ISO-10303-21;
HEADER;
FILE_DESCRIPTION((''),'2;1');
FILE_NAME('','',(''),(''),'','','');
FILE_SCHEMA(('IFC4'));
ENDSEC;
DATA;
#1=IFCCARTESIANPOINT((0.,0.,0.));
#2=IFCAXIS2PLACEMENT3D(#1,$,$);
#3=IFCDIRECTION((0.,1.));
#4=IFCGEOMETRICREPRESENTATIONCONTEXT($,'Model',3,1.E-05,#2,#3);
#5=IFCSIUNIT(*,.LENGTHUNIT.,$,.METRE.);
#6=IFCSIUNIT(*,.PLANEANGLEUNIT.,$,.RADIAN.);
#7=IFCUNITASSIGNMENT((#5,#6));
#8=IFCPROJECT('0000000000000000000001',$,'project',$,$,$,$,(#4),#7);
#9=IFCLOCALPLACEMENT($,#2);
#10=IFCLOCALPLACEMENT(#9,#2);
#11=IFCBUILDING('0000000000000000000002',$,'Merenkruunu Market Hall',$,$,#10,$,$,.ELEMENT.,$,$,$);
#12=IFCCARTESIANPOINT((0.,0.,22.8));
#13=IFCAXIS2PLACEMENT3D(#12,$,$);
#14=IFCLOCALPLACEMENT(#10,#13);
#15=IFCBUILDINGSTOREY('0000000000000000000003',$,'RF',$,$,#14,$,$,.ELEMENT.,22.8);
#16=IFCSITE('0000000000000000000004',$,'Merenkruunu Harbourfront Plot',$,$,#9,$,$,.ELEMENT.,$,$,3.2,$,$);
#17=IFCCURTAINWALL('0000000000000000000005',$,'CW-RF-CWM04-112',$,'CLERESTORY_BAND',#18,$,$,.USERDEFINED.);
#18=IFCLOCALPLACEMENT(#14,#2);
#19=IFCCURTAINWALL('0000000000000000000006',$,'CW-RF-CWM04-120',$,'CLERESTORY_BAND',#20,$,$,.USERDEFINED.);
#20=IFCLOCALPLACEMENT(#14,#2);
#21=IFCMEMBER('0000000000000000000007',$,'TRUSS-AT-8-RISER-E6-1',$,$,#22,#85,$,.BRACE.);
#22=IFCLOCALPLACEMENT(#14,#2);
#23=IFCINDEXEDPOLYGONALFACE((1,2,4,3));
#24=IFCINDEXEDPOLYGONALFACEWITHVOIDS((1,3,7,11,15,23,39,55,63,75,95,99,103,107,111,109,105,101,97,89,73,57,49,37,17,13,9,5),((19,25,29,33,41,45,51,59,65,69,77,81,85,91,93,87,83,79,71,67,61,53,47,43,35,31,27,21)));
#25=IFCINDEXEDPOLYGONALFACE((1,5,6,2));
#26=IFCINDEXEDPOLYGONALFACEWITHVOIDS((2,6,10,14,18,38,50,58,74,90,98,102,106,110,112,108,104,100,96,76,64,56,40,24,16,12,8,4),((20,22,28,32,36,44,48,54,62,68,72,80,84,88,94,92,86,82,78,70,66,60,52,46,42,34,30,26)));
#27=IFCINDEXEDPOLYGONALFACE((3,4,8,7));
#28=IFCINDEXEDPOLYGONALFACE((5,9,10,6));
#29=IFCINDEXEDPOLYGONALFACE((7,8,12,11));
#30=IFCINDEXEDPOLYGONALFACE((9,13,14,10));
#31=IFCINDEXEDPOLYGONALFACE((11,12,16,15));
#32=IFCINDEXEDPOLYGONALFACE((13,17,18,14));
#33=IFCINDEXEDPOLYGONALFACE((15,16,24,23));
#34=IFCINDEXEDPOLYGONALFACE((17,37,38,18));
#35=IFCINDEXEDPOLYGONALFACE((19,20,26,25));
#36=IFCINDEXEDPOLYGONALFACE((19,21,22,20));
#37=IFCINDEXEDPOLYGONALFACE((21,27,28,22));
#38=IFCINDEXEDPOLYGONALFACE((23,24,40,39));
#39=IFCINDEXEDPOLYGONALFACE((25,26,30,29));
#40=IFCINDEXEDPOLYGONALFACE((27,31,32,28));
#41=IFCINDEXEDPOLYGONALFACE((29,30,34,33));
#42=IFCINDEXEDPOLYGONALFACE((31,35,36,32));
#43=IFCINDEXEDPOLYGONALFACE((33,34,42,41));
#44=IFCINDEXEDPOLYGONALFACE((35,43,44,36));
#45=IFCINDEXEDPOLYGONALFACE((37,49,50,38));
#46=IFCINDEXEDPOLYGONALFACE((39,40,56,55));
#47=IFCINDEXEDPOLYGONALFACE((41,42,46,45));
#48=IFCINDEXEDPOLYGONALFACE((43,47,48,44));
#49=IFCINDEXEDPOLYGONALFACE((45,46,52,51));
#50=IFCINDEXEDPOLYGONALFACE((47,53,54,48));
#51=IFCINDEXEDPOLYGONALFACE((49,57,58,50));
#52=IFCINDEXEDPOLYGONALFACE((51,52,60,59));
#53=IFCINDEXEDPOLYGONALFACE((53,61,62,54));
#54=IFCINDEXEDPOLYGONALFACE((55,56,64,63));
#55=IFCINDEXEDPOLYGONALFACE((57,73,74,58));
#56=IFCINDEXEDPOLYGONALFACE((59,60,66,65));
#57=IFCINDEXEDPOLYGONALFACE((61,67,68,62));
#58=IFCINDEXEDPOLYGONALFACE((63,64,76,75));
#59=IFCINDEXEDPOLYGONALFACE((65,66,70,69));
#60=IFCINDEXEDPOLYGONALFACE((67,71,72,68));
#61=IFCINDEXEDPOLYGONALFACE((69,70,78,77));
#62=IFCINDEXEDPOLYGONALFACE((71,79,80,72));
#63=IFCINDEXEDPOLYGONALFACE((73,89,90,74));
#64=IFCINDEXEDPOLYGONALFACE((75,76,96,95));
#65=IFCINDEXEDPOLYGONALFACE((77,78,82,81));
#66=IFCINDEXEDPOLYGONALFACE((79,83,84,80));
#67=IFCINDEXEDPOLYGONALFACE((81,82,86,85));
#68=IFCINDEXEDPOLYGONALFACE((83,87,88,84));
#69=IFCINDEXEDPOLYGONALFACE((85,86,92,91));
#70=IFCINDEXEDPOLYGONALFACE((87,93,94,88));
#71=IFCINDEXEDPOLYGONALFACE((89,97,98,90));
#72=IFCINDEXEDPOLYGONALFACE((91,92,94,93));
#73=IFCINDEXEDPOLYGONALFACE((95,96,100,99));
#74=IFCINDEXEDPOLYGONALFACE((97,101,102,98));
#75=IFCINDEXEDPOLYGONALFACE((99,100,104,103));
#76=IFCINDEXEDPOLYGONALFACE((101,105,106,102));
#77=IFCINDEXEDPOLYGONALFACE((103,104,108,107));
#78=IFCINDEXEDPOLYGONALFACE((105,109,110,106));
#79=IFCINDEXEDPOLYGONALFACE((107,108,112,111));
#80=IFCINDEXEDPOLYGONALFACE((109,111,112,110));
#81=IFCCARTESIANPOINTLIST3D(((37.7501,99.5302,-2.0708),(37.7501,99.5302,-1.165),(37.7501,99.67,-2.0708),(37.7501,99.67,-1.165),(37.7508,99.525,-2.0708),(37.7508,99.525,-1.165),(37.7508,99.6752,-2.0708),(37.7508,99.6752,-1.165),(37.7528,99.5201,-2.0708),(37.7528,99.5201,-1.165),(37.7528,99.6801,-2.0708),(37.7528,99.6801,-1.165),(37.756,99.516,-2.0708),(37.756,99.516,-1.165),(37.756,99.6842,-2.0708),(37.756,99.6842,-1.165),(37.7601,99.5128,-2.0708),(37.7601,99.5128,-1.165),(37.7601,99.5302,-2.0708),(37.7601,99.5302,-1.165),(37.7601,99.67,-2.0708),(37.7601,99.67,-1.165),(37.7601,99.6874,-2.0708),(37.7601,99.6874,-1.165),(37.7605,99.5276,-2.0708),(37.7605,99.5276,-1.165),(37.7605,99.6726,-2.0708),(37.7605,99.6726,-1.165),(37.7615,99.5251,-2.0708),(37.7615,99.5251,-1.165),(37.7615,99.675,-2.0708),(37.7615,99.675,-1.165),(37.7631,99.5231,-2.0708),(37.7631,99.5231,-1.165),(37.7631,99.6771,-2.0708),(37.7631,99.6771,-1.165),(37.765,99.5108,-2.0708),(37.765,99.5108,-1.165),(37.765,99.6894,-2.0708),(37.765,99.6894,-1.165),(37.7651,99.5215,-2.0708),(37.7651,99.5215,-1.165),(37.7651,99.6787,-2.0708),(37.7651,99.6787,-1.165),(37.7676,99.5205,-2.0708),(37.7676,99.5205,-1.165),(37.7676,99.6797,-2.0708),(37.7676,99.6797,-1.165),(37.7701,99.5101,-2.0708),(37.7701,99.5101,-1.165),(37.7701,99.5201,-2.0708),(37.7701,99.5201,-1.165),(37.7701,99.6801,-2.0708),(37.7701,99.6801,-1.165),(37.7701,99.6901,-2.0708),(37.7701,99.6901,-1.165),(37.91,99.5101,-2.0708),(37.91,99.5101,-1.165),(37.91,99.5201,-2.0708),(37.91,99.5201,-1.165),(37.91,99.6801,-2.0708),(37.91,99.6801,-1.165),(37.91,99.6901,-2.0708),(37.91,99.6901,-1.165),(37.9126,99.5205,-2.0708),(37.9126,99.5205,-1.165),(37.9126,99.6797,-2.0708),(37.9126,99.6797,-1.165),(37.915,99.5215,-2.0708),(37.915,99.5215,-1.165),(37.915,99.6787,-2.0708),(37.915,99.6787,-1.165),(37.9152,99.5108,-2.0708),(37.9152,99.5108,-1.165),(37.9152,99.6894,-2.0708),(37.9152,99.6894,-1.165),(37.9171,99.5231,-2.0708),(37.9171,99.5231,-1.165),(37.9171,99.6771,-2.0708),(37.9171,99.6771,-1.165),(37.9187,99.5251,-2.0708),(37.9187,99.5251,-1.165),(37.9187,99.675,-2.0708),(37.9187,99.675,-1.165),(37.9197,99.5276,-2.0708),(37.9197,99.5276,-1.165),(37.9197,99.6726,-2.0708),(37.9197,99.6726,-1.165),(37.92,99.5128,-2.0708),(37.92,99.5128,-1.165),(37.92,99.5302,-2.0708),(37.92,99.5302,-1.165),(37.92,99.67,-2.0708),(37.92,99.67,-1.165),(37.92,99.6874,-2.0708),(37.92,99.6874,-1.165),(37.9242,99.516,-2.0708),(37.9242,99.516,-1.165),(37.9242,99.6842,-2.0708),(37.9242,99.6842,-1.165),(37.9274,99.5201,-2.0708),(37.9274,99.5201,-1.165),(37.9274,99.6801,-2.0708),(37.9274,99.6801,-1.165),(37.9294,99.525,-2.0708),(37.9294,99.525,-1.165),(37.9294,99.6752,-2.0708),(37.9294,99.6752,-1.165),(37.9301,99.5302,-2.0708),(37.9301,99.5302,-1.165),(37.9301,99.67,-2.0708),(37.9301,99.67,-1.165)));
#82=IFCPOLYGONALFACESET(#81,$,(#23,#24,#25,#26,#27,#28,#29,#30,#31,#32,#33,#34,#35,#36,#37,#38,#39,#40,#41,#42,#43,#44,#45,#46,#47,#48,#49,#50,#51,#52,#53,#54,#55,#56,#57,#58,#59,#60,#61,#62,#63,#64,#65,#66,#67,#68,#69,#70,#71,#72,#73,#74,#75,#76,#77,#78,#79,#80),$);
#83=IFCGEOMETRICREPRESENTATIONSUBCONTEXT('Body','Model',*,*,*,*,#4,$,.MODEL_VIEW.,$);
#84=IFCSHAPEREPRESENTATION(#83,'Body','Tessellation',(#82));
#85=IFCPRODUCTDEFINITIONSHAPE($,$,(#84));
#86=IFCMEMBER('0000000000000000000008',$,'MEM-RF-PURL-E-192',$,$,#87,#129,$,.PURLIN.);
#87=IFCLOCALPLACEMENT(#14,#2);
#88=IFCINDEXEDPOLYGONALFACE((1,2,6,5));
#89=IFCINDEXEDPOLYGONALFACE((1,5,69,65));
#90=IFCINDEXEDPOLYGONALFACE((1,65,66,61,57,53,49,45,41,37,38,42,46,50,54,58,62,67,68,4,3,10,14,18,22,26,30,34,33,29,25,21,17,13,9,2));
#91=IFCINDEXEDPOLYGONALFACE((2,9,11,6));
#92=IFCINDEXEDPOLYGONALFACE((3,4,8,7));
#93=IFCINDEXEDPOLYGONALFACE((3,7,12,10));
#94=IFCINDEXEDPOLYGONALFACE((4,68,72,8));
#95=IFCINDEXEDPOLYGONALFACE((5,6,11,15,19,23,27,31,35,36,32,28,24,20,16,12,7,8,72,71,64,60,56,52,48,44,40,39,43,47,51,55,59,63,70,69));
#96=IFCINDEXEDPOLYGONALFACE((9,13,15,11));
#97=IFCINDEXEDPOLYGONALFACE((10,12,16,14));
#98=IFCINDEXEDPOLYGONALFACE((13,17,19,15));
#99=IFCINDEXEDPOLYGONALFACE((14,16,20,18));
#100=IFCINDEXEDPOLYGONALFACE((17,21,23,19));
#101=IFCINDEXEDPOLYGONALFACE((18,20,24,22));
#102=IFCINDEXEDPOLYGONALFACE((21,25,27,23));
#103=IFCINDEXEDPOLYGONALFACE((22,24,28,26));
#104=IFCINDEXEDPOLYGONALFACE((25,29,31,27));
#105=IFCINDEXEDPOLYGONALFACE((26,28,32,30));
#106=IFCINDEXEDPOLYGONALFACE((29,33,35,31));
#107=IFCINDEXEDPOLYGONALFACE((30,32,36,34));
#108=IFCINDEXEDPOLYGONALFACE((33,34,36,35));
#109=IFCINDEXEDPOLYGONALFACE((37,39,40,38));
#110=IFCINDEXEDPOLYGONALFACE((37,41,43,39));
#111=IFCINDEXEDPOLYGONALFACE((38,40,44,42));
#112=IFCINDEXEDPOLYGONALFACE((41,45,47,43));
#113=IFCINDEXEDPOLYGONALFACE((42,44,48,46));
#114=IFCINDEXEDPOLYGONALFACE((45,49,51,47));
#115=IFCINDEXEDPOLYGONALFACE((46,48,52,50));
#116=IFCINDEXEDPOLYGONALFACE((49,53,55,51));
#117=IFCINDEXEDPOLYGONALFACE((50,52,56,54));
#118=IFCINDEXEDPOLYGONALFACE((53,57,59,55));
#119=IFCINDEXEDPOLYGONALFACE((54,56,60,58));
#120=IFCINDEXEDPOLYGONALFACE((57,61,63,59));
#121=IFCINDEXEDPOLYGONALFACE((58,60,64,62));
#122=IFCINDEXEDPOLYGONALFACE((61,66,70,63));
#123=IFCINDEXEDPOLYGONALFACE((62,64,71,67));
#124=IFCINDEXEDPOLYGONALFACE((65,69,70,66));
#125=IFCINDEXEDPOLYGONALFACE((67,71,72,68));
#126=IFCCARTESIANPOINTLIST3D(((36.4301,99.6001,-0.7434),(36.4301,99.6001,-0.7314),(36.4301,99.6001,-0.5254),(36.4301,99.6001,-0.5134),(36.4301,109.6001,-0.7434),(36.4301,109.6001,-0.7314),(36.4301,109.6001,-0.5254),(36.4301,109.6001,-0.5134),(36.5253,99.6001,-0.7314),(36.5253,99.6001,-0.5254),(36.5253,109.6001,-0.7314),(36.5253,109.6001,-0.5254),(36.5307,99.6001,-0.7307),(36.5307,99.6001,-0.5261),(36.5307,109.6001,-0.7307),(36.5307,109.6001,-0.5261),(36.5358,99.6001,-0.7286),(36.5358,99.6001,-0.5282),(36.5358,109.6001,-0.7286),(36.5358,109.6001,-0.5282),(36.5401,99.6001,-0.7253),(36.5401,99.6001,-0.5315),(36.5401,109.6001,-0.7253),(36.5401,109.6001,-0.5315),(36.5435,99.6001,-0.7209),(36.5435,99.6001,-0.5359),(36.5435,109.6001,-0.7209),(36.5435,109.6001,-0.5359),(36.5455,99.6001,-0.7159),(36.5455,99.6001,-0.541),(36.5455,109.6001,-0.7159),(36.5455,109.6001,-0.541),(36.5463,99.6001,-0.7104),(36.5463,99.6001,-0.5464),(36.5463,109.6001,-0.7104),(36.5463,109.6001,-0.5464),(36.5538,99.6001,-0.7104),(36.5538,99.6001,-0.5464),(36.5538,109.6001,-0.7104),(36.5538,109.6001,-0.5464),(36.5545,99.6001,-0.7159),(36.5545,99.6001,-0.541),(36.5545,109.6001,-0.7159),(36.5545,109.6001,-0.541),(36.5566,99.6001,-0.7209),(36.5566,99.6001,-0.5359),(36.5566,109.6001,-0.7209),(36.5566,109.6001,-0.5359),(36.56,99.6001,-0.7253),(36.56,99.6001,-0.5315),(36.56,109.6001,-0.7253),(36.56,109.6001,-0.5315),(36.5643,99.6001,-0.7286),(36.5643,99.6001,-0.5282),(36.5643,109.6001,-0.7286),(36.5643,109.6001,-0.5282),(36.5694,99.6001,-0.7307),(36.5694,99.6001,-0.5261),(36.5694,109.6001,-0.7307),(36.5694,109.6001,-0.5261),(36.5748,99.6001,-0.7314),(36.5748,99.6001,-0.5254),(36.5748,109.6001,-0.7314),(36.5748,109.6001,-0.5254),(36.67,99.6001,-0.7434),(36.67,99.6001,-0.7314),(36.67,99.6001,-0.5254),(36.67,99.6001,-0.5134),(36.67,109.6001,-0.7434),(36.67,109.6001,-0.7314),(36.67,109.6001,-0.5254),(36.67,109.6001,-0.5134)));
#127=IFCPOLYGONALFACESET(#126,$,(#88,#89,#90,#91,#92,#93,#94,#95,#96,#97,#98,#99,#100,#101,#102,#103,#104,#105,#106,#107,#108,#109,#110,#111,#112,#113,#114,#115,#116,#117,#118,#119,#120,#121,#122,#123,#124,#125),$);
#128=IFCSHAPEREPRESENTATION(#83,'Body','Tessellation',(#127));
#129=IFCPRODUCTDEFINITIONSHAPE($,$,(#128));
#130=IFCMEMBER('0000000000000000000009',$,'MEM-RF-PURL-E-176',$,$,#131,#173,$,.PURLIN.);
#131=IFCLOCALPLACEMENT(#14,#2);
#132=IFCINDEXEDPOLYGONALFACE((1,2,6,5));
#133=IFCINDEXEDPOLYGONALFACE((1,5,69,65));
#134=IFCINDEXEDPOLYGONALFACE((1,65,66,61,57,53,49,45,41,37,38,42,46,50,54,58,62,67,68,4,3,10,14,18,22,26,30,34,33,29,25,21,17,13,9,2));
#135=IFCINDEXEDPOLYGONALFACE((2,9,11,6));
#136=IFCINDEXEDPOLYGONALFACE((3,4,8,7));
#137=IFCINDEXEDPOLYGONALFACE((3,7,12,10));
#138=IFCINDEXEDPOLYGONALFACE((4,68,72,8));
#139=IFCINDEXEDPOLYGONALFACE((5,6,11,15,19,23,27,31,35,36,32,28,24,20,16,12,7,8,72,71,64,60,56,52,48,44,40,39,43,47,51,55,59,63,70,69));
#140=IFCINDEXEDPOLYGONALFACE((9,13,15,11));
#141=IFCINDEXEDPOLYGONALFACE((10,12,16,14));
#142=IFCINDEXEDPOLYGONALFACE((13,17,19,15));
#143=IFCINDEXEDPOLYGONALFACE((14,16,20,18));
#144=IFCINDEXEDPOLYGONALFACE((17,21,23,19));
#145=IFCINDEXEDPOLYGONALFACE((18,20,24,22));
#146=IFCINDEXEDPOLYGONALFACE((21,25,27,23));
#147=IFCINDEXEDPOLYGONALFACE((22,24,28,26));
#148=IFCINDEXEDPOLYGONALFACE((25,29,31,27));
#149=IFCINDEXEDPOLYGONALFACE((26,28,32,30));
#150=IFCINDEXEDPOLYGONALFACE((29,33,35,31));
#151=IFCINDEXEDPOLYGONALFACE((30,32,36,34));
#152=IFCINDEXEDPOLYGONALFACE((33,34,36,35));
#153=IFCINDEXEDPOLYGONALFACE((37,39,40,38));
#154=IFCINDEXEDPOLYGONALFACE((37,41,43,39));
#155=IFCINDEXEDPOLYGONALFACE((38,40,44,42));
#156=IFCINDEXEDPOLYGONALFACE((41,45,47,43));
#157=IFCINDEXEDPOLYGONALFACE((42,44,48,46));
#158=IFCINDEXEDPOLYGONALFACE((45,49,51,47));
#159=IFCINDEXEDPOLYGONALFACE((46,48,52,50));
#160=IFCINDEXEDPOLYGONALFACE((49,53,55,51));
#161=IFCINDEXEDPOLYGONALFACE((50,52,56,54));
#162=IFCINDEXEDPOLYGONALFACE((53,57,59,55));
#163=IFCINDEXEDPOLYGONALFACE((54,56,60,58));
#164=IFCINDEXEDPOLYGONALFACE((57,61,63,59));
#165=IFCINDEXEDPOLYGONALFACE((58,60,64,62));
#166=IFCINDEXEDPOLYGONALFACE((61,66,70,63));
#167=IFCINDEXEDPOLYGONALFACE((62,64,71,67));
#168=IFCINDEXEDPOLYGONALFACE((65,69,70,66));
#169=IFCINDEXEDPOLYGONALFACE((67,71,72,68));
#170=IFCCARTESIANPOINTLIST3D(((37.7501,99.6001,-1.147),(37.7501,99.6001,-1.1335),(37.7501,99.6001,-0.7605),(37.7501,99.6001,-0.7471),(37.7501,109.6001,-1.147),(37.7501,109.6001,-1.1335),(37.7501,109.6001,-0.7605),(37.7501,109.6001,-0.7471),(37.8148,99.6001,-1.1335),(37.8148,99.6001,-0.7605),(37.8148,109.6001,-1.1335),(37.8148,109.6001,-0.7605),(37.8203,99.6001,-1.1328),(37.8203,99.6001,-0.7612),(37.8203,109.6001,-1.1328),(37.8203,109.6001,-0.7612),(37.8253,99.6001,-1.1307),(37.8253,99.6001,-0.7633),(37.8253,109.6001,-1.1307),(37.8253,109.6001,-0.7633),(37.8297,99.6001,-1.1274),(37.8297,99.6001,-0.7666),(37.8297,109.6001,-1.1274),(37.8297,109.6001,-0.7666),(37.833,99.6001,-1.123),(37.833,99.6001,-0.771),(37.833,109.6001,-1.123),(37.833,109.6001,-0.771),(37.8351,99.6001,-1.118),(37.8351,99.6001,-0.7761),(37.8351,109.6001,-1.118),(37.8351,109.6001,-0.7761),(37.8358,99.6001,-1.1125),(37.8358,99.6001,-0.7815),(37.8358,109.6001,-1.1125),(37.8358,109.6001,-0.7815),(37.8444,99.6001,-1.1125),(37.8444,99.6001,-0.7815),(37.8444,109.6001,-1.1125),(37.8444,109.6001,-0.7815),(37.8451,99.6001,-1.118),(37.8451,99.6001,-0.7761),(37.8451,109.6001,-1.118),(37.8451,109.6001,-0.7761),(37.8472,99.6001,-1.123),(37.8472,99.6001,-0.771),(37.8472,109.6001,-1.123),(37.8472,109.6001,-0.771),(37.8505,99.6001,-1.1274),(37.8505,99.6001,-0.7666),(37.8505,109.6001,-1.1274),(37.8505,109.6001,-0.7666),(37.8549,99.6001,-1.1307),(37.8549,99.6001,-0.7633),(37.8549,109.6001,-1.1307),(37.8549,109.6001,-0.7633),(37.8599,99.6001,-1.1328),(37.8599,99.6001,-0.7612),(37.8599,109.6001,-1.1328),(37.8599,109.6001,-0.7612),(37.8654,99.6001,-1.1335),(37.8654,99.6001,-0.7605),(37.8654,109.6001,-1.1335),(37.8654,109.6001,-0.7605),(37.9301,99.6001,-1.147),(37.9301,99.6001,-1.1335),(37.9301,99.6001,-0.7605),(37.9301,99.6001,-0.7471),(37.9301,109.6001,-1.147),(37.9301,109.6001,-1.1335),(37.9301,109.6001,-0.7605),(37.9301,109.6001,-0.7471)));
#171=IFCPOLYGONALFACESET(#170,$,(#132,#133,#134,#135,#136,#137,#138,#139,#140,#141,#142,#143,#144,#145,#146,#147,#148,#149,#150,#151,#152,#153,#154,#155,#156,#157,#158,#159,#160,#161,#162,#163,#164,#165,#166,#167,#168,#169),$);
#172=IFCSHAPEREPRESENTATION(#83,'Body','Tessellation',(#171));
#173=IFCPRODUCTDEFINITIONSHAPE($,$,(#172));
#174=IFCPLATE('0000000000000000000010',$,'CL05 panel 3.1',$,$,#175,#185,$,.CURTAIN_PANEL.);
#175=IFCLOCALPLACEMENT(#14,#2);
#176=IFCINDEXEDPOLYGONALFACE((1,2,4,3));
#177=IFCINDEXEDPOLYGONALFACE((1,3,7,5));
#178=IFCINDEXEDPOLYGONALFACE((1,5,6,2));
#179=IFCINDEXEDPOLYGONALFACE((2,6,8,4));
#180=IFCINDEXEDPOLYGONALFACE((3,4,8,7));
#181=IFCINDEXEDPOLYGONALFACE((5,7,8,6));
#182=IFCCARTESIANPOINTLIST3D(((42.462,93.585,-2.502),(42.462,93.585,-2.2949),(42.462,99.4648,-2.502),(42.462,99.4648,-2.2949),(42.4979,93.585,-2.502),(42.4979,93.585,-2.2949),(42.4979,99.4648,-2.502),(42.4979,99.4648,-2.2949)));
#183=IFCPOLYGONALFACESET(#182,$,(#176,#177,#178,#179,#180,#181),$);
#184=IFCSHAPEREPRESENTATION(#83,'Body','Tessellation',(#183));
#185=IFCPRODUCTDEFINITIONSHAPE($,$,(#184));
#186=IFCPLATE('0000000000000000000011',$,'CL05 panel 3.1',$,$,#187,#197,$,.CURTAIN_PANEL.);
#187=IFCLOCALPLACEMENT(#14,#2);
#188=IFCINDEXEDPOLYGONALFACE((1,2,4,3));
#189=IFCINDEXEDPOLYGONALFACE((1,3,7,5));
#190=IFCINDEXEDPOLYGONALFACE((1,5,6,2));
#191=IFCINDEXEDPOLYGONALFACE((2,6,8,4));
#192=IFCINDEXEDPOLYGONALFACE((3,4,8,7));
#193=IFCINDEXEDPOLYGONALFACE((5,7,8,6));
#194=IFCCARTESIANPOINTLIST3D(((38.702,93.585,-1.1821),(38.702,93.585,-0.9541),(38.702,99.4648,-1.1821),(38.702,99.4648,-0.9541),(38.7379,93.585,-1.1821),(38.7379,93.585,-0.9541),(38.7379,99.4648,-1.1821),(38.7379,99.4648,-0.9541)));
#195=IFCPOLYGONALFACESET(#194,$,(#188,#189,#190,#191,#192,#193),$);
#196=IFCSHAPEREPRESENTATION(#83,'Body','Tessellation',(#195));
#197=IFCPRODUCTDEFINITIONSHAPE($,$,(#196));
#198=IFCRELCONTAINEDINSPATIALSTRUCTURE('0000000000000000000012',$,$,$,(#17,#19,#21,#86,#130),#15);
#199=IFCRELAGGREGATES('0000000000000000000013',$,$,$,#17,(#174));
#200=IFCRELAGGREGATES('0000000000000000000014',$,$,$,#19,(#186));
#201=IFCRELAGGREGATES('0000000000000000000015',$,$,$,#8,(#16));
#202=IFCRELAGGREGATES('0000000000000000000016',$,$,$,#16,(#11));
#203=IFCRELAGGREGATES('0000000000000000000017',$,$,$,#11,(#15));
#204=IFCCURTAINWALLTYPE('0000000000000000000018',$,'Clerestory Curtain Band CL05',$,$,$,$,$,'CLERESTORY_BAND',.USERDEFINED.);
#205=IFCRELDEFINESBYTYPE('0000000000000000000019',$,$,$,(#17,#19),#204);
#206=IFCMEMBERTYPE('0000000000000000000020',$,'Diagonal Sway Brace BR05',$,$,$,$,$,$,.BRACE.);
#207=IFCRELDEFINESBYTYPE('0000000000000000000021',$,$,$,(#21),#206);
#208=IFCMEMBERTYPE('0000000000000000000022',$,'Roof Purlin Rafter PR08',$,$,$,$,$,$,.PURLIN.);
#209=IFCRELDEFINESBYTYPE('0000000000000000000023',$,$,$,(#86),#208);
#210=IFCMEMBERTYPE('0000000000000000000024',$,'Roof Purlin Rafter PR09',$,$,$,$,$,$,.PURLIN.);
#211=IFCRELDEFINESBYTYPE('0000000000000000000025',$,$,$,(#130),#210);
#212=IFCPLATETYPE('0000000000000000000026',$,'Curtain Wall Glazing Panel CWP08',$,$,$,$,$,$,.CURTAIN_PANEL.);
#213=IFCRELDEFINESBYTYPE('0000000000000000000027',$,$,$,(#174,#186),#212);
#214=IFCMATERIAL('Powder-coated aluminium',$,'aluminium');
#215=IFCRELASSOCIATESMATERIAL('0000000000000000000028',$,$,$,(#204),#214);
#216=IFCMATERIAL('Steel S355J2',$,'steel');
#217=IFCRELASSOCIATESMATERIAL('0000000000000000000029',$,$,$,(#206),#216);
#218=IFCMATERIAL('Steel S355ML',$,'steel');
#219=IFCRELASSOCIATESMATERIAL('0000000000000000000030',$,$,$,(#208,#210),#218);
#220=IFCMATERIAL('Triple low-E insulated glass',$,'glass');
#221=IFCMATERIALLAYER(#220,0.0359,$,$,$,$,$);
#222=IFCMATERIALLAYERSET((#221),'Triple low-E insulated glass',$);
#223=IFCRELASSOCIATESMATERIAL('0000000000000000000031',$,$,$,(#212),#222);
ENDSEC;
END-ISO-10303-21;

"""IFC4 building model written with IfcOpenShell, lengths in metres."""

from ifc_helpers import new_model, si_unit, direction, frame, origin, origin_2d, place, context, subcontext, project, spatial, rectangle, hollow_rectangle, i_section, extrude, material, layer, layer_set, material_profile, profile_set, type_object, element, aggregate, save


model = new_model("IFC4")

# Units and contexts
model_context = context("Model", 3, precision=1e-05, world=origin(), true_north=direction((0.0, 1.0)))
body_context = subcontext(model_context, "Body", "Model", "MODEL_VIEW")
ifc_project = project(units=[si_unit("LENGTHUNIT", "METRE"), si_unit("PLANEANGLEUNIT", "RADIAN")], contexts=[model_context])

# Site, building, storey
site_placement = place(None, origin())
site = spatial("IfcSite", under=ifc_project, at=site_placement, Name="Merenkruunu Harbourfront Plot", CompositionType="ELEMENT", RefElevation=3.2)
building_placement = place(site_placement, origin())
building = spatial("IfcBuilding", under=site, at=building_placement, Name="Merenkruunu Market Hall", CompositionType="ELEMENT")
storey_placement = place(building_placement, frame((0.0, 0.0, 22.8)))
storey = spatial("IfcBuildingStorey", under=building, at=storey_placement, Name="RF", CompositionType="ELEMENT", Elevation=22.8)

# Shared definitions
ifc_material_1 = material(Name="Steel S355ML", Category="steel")

# Curtain walls
ifc_material_2 = material(Name="Powder-coated aluminium", Category="aluminium")
curtain_wall_type = type_object("IfcCurtainWallType", Name="Clerestory Curtain Band CL05", ElementType="CLERESTORY_BAND", PredefinedType="USERDEFINED", material=ifc_material_2)
curtain_wall_1_placement = place(storey_placement, origin())
curtain_wall_1 = element("IfcCurtainWall", 1, at=curtain_wall_1_placement, inside=storey, type_object=curtain_wall_type, Name="CW-RF-CWM04-112", ObjectType="CLERESTORY_BAND", PredefinedType="USERDEFINED")
curtain_wall_2_placement = place(storey_placement, origin())
curtain_wall_2 = element("IfcCurtainWall", 2, at=curtain_wall_2_placement, inside=storey, type_object=curtain_wall_type, Name="CW-RF-CWM04-120", ObjectType="CLERESTORY_BAND", PredefinedType="USERDEFINED")

# Members
ifc_material_3 = material(Name="Steel S355J2", Category="steel")
ifc_material_profile_1 = material_profile(ifc_material_3, hollow_rectangle(XDim=0.1799, YDim=0.1799, WallThickness=0.01, InnerFilletRadius=0.01, OuterFilletRadius=0.02, at=origin_2d()), Name="SHS 180x180x10")
ifc_profile_set_1 = profile_set([ifc_material_profile_1], Name="Steel S355J2")
member_type_1 = type_object("IfcMemberType", Name="Diagonal Sway Brace BR05", PredefinedType="BRACE", material=ifc_profile_set_1)
member_1_placement = place(storey_placement, frame((37.8401, 99.6001, -2.0708), z_axis=(0.0, 0.0, 1.0), x_axis=(1.0, 0.0, 0.0)))
element("IfcMember", 3, at=member_1_placement, inside=storey, type_object=member_type_1, Name="TRUSS-AT-8-RISER-E6-1", PredefinedType="BRACE", context=body_context, shape_type="SweptSolid", body=[
    extrude(hollow_rectangle(XDim=0.1799, YDim=0.1799, WallThickness=0.01, InnerFilletRadius=0.01, OuterFilletRadius=0.02, at=origin_2d()), origin(), (0.0, 0.0, 1.0), 0.9058),
])
ifc_material_profile_2 = material_profile(ifc_material_1, i_section(OverallWidth=0.24, OverallDepth=0.23, WebThickness=0.0076, FlangeThickness=0.012, FilletRadius=0.021, at=origin_2d()), Name="HEA 240")
ifc_profile_set_2 = profile_set([ifc_material_profile_2], Name="Steel S355ML")
member_type_2 = type_object("IfcMemberType", Name="Roof Purlin Rafter PR08", PredefinedType="PURLIN", material=ifc_profile_set_2)
member_2_placement = place(storey_placement, frame((36.55, 99.6001, -0.6284), z_axis=(0.0, 1.0, 0.0), x_axis=(-1.0, 0.0, 0.0)))
element("IfcMember", 4, at=member_2_placement, inside=storey, type_object=member_type_2, Name="MEM-RF-PURL-E-192", PredefinedType="PURLIN", context=body_context, shape_type="SweptSolid", body=[
    extrude(i_section(OverallWidth=0.24, OverallDepth=0.23, WebThickness=0.0076, FlangeThickness=0.012, FilletRadius=0.021, at=origin_2d()), origin(), (0.0, 0.0, 1.0), 10.0),
])
ifc_material_profile_3 = material_profile(ifc_material_1, i_section(OverallWidth=0.1799, OverallDepth=0.3999, WebThickness=0.0085, FlangeThickness=0.0134, FilletRadius=0.021, at=origin_2d()), Name="IPE 400")
ifc_profile_set_3 = profile_set([ifc_material_profile_3], Name="Steel S355ML")
member_type_3 = type_object("IfcMemberType", Name="Roof Purlin Rafter PR09", PredefinedType="PURLIN", material=ifc_profile_set_3)
member_3_placement = place(storey_placement, frame((37.8401, 99.6001, -0.947), z_axis=(0.0, 1.0, 0.0), x_axis=(-1.0, 0.0, 0.0)))
element("IfcMember", 5, at=member_3_placement, inside=storey, type_object=member_type_3, Name="MEM-RF-PURL-E-176", PredefinedType="PURLIN", context=body_context, shape_type="SweptSolid", body=[
    extrude(i_section(OverallWidth=0.1799, OverallDepth=0.3999, WebThickness=0.0085, FlangeThickness=0.0134, FilletRadius=0.021, at=origin_2d()), origin(), (0.0, 0.0, 1.0), 10.0),
])

# Plates
ifc_material_4 = material(Name="Triple low-E insulated glass", Category="glass")
ifc_layer_1 = layer(ifc_material_4, 0.0359)
ifc_layer_set_1 = layer_set([ifc_layer_1], Name="Triple low-E insulated glass")
plate_type_1 = type_object("IfcPlateType", Name="Curtain Wall Glazing Panel CWP08", PredefinedType="CURTAIN_PANEL", material=ifc_layer_set_1)
plate_1_placement = place(storey_placement, frame((42.48, 96.5249, -2.502), z_axis=(0.0, 0.0, 1.0), x_axis=(0.0, -1.0, 0.0)))
plate_1 = element("IfcPlate", 6, at=plate_1_placement, type_object=plate_type_1, Name="CL05 panel 3.1", PredefinedType="CURTAIN_PANEL", context=body_context, shape_type="SweptSolid", body=[
    extrude(rectangle(XDim=5.8799, YDim=0.0359, at=origin_2d()), origin(), (0.0, 0.0, 1.0), 0.207),
])
aggregate(curtain_wall_1, [plate_1])
plate_2_placement = place(storey_placement, frame((38.72, 96.5249, -1.1821), z_axis=(0.0, 0.0, 1.0), x_axis=(0.0, -1.0, 0.0)))
plate_2 = element("IfcPlate", 7, at=plate_2_placement, type_object=plate_type_1, Name="CL05 panel 3.1", PredefinedType="CURTAIN_PANEL", context=body_context, shape_type="SweptSolid", body=[
    extrude(rectangle(XDim=5.8799, YDim=0.0359, at=origin_2d()), origin(), (0.0, 0.0, 1.0), 0.228),
])
aggregate(curtain_wall_2, [plate_2])

save(model, "model.ifc")
